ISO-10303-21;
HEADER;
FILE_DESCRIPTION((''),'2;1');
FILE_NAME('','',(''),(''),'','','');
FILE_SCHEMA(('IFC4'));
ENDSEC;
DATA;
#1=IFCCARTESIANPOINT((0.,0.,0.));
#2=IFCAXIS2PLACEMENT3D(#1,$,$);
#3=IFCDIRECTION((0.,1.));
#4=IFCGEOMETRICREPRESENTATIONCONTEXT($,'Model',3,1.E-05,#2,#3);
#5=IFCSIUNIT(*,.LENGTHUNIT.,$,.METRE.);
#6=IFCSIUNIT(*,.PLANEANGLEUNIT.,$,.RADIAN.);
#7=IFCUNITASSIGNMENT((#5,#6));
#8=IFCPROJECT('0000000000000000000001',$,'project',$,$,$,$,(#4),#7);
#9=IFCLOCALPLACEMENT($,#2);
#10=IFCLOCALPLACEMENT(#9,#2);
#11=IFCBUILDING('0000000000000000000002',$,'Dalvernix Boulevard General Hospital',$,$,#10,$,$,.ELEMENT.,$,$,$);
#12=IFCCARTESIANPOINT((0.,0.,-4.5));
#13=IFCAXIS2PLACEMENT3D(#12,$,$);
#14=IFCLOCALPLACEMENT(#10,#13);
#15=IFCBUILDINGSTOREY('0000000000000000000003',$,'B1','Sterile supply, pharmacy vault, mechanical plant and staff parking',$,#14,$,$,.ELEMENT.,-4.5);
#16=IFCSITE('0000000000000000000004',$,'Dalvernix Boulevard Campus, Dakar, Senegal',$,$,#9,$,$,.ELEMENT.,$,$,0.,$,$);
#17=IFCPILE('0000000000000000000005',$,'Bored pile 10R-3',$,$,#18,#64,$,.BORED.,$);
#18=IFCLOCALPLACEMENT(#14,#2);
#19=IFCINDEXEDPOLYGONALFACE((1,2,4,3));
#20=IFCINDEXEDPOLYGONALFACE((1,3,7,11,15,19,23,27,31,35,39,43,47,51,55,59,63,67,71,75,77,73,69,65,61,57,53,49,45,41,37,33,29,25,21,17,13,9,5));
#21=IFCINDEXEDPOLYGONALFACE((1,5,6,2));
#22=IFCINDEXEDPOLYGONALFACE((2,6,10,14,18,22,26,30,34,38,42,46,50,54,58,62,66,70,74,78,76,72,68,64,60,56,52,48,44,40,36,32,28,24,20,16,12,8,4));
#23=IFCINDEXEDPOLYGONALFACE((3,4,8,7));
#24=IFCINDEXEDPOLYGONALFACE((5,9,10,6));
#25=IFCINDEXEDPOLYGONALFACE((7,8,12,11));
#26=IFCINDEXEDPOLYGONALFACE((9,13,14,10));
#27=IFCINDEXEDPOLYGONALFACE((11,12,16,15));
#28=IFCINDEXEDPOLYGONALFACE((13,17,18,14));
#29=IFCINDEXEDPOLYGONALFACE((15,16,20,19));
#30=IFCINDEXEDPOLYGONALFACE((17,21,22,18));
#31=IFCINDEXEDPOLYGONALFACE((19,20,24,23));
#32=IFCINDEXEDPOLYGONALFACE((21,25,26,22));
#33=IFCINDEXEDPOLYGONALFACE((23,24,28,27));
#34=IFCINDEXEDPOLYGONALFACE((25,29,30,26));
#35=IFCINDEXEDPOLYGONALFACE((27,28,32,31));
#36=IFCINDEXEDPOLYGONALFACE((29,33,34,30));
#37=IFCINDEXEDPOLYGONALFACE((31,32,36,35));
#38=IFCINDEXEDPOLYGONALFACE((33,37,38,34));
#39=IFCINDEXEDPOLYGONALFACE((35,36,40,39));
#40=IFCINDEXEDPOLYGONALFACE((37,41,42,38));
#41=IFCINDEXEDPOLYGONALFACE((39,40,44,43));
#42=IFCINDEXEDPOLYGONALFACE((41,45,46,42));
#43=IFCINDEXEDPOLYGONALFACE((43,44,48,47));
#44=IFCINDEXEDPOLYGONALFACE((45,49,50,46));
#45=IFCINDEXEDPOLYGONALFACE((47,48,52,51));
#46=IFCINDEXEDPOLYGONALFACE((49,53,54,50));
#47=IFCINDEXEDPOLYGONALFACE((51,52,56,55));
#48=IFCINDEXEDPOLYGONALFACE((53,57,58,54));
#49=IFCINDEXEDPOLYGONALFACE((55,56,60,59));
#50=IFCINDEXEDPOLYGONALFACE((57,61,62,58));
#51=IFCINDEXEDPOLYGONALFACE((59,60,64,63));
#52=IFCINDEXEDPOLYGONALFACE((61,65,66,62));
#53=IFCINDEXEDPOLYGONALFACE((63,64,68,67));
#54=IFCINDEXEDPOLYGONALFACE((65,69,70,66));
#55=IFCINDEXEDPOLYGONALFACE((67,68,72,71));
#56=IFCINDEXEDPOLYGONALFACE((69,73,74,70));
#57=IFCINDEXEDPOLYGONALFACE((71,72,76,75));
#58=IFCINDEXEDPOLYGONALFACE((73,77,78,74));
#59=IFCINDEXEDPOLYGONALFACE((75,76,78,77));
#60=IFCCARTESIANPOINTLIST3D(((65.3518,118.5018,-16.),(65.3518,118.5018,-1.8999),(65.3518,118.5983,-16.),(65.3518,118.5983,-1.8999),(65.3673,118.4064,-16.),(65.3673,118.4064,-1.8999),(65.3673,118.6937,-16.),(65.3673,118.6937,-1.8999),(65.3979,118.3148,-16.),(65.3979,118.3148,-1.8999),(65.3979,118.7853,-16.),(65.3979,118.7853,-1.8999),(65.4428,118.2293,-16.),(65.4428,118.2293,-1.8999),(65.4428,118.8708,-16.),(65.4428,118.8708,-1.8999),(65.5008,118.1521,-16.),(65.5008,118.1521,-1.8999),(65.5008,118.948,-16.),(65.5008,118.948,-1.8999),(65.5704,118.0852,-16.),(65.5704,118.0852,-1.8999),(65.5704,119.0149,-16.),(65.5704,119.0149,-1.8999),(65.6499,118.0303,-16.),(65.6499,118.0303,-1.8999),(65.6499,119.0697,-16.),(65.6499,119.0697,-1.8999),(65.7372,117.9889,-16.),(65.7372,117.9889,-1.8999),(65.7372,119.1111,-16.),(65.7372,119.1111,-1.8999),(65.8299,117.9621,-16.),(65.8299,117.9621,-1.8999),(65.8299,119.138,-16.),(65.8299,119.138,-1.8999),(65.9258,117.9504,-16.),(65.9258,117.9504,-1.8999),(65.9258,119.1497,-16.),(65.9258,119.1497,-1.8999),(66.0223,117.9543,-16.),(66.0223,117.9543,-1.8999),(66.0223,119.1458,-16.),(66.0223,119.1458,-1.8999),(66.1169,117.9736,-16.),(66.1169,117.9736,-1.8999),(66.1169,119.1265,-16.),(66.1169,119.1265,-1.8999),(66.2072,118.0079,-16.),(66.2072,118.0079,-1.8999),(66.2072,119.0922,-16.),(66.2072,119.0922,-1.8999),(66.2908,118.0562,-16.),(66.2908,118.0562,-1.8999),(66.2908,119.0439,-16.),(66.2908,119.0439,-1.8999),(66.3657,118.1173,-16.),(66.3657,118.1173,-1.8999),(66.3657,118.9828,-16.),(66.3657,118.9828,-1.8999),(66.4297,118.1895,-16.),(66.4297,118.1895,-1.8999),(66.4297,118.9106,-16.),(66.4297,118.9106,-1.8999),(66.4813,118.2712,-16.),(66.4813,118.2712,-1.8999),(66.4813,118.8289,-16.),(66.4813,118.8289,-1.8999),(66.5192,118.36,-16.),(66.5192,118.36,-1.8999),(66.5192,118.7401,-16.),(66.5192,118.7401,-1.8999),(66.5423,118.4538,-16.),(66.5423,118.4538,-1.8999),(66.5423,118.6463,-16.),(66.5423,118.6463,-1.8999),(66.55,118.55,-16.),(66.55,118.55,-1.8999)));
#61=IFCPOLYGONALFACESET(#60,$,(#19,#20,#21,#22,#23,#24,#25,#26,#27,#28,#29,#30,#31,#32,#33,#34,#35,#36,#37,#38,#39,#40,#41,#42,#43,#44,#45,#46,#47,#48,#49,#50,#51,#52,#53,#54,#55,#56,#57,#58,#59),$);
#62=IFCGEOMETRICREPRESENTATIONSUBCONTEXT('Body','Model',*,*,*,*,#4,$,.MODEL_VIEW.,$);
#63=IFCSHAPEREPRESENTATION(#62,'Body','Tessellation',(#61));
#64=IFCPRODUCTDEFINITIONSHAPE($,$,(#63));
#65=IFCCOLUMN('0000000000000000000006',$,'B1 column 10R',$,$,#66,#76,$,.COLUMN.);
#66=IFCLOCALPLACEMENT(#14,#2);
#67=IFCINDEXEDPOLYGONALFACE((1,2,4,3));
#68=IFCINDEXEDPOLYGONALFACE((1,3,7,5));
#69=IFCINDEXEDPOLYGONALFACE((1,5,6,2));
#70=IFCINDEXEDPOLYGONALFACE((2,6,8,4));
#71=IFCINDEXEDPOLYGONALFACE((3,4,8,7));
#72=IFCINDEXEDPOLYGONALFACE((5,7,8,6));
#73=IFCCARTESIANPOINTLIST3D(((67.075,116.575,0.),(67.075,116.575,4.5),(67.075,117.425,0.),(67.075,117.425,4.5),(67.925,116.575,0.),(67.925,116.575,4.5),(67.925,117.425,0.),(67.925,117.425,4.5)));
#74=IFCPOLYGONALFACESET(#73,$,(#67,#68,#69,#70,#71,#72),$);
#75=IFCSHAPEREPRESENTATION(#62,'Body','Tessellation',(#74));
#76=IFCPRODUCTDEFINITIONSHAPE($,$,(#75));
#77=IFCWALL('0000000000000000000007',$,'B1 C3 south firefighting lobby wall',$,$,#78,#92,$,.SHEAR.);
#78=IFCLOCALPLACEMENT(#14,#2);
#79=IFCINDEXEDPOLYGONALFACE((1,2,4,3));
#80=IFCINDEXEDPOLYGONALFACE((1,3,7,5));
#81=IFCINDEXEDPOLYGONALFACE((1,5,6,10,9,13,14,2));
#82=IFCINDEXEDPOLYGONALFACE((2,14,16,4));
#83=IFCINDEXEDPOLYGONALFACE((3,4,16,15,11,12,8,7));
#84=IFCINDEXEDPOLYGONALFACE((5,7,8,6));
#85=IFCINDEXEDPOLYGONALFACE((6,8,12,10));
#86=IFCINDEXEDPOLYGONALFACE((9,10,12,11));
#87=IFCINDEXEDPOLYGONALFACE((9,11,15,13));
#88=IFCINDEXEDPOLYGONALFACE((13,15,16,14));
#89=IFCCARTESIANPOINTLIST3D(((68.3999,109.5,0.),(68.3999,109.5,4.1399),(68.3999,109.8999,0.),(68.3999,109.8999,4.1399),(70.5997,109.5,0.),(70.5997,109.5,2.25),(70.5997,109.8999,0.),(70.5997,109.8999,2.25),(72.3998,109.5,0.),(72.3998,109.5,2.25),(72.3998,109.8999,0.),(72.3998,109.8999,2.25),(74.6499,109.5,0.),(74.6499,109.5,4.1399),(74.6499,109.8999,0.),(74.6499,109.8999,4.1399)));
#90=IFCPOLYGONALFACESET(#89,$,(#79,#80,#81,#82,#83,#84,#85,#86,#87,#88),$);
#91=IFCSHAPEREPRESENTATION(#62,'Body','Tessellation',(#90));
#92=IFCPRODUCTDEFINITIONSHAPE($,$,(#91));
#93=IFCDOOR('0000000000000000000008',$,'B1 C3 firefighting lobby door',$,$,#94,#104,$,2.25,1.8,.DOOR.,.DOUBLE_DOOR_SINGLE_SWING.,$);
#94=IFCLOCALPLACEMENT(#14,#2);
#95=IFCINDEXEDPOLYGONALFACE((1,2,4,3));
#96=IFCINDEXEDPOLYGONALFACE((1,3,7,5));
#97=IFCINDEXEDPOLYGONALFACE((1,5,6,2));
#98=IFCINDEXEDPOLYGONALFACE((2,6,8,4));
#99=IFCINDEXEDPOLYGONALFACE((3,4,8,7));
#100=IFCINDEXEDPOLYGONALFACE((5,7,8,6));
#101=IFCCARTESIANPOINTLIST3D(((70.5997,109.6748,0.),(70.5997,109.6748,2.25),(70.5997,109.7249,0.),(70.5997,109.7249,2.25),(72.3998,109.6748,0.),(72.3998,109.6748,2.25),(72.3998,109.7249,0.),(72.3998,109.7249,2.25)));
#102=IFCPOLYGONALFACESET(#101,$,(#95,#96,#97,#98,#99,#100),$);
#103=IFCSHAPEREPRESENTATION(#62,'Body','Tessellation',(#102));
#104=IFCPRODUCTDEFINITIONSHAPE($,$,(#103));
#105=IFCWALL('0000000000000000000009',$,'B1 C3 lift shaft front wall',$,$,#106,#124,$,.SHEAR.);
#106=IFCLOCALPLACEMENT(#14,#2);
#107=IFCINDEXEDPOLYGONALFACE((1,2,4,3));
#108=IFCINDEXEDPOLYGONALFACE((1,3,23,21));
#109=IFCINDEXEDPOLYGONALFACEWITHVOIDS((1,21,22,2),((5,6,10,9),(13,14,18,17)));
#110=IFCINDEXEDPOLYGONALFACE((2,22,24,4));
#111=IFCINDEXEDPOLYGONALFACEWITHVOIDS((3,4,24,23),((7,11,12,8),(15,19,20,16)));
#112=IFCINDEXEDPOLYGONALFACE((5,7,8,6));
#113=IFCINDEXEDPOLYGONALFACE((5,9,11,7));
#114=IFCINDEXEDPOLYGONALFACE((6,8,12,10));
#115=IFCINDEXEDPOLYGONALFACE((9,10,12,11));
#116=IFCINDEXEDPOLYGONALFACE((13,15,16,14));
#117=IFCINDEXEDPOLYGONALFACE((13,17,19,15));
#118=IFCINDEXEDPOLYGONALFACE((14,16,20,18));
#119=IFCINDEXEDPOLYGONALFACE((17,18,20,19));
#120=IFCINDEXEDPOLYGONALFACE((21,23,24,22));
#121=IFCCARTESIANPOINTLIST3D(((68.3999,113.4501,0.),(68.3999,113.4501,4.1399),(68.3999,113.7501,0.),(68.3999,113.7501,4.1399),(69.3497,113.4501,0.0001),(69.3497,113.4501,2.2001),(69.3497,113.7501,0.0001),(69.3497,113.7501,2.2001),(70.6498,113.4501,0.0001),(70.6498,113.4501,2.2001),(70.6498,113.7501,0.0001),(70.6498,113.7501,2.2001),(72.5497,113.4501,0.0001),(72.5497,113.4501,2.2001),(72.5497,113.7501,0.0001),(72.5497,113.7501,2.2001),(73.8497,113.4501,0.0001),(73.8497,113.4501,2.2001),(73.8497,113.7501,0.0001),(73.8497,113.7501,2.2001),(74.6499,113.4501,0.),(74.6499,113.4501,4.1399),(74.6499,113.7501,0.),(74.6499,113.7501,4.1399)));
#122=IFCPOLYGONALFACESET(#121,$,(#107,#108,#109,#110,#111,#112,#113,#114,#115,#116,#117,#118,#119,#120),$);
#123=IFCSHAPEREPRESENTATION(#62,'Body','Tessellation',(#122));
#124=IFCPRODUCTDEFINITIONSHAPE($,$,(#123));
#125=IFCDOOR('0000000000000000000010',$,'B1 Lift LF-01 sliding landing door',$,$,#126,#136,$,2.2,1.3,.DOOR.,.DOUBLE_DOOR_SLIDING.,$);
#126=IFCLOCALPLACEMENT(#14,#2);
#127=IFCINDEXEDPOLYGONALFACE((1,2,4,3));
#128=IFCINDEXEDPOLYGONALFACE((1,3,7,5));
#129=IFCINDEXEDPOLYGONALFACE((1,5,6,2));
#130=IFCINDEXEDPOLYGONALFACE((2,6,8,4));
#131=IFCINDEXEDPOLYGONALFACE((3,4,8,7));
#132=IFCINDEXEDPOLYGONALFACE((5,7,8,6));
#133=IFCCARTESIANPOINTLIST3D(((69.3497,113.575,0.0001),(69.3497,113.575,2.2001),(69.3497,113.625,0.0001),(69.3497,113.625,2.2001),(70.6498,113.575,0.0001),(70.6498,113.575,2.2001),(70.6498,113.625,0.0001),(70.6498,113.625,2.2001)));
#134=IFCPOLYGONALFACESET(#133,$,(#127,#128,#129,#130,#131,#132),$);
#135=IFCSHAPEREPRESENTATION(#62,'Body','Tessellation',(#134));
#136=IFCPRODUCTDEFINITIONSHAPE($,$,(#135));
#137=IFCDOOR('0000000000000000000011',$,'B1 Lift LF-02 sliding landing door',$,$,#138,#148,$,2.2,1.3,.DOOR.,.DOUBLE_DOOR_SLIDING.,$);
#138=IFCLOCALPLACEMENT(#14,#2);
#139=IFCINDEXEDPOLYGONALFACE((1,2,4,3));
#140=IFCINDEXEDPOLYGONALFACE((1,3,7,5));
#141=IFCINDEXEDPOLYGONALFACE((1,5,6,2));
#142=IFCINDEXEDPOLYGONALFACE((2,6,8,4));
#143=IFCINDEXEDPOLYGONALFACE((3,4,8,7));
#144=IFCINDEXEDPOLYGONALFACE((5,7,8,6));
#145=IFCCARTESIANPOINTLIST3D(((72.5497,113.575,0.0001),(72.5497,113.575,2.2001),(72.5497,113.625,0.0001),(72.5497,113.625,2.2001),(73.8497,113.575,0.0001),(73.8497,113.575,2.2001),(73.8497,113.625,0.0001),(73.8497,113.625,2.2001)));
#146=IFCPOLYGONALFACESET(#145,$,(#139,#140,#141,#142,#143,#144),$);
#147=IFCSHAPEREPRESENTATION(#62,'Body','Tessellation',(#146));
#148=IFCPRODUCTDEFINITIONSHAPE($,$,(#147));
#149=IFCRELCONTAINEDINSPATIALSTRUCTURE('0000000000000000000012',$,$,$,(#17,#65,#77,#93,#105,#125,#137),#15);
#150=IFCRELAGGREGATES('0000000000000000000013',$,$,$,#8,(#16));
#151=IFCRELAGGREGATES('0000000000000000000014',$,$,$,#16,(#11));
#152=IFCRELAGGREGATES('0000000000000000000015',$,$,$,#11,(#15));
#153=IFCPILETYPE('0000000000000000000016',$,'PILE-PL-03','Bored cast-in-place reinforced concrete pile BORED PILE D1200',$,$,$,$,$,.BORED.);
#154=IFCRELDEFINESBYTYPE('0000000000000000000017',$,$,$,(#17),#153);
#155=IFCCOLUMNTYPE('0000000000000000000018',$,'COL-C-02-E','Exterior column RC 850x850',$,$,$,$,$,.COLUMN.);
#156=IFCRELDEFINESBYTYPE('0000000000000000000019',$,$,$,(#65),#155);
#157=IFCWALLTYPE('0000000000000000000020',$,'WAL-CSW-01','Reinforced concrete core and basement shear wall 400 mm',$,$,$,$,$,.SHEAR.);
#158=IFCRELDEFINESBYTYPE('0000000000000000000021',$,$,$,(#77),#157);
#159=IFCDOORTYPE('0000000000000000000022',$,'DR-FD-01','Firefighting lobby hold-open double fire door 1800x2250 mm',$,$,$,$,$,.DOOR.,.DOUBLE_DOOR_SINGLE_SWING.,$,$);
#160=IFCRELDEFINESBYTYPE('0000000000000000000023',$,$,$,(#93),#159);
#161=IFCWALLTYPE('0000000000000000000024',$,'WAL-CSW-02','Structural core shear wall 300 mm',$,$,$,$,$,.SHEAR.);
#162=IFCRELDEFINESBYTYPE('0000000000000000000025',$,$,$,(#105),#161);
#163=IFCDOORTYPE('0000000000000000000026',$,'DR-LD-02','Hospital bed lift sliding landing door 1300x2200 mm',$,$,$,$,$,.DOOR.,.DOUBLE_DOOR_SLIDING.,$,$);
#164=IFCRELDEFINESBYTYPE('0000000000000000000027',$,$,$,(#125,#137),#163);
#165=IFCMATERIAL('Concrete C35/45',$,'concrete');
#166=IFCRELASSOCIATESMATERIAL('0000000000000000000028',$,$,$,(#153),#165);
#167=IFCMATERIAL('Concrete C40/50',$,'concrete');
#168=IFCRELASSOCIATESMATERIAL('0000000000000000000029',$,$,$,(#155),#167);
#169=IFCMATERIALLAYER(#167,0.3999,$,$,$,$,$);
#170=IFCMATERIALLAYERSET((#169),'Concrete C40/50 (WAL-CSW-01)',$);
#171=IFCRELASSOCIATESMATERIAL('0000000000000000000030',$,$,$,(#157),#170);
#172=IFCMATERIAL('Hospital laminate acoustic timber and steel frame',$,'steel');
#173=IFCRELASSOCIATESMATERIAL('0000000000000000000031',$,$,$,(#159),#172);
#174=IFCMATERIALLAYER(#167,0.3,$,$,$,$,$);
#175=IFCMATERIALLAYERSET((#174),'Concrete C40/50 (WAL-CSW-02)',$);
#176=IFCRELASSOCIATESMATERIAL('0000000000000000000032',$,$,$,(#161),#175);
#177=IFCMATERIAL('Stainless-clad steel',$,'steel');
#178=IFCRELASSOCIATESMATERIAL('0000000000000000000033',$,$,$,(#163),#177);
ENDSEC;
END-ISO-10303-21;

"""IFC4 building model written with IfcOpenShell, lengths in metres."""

from ifc_helpers import new_model, si_unit, direction, frame, frame_2d, origin, origin_2d, place, context, subcontext, project, spatial, rectangle, circle, extrude, material, layer, layer_set, material_profile, profile_set, type_object, element, fill, save


model = new_model("IFC4")

# Units and contexts
model_context = context("Model", 3, precision=1e-05, world=origin(), true_north=direction((0.0, 1.0)))
body_context = subcontext(model_context, "Body", "Model", "MODEL_VIEW")
ifc_project = project(units=[si_unit("LENGTHUNIT", "METRE"), si_unit("PLANEANGLEUNIT", "RADIAN")], contexts=[model_context])

# Site, building, storey
site_placement = place(None, origin())
site = spatial("IfcSite", under=ifc_project, at=site_placement, Name="Dalvernix Boulevard Campus, Dakar, Senegal", CompositionType="ELEMENT", RefElevation=0.0)
building_placement = place(site_placement, origin())
building = spatial("IfcBuilding", under=site, at=building_placement, Name="Dalvernix Boulevard General Hospital", CompositionType="ELEMENT")
storey_placement = place(building_placement, frame((0.0, 0.0, -4.5)))
storey = spatial("IfcBuildingStorey", under=building, at=storey_placement, Name="B1", Description="Sterile supply, pharmacy vault, mechanical plant and staff parking", CompositionType="ELEMENT", Elevation=-4.5)

# Shared definitions
ifc_material_1 = material(Name="Concrete C35/45", Category="concrete")
ifc_material_2 = material(Name="Concrete C40/50", Category="concrete")

# Pile
ifc_material_profile_1 = material_profile(ifc_material_1, circle(Radius=0.6001, at=origin_2d()), Name="BORED PILE D1200")
ifc_profile_set_1 = profile_set([ifc_material_profile_1], Name="Concrete C35/45")
pile_type = type_object("IfcPileType", Name="PILE-PL-03", Description="Bored cast-in-place reinforced concrete pile BORED PILE D1200", PredefinedType="BORED", material=ifc_profile_set_1)
for number, where, z_axis, x_axis, name in (
    (1, (65.95, 118.55, -1.8999), (0.0, 0.0, -1.0), (1.0, 0.0, 0.0), "Bored pile 10R-3"),
):
    element("IfcPile", number, at=place(storey_placement, frame(where, z_axis=z_axis, x_axis=x_axis)), inside=storey, type_object=pile_type, Name=name, PredefinedType="BORED", context=body_context, shape_type="SweptSolid", body=[
        extrude(circle(Radius=0.6001, at=origin_2d()), origin(), (0.0, 0.0, 1.0), 14.1001),
    ])

# Column
ifc_material_profile_2 = material_profile(ifc_material_2, rectangle(XDim=0.8501, YDim=0.8501, at=origin_2d()), Name="RC 850x850")
ifc_profile_set_2 = profile_set([ifc_material_profile_2], Name="Concrete C40/50")
column_type = type_object("IfcColumnType", Name="COL-C-02-E", Description="Exterior column RC 850x850", PredefinedType="COLUMN", material=ifc_profile_set_2)
column_placement = place(storey_placement, frame((67.5, 117.0, 0.0), z_axis=(0.0, 0.0, 1.0), x_axis=(1.0, 0.0, 0.0)))
element("IfcColumn", 2, at=column_placement, inside=storey, type_object=column_type, Name="B1 column 10R", PredefinedType="COLUMN", context=body_context, shape_type="SweptSolid", body=[
    extrude(rectangle(XDim=0.8501, YDim=0.8501, at=origin_2d()), origin(), (0.0, 0.0, 1.0), 4.5),
])

# Wall, opening, door
ifc_layer_1 = layer(ifc_material_2, 0.3999)
ifc_layer_set_1 = layer_set([ifc_layer_1], Name="Concrete C40/50 (WAL-CSW-01)")
wall_type_1 = type_object("IfcWallType", Name="WAL-CSW-01", Description="Reinforced concrete core and basement shear wall 400 mm", PredefinedType="SHEAR", material=ifc_layer_set_1)
wall_1_placement = place(storey_placement, frame((68.3999, 109.7, 0.0), z_axis=(0.0, 0.0, 1.0), x_axis=(1.0, 0.0, 0.0)))
wall_1 = element("IfcWall", 3, at=wall_1_placement, inside=storey, type_object=wall_type_1, Name="B1 C3 south firefighting lobby wall", PredefinedType="SHEAR", context=body_context, shape_type="SweptSolid", body=[
    extrude(rectangle(XDim=6.25, YDim=0.3999, at=frame_2d((3.125, 0.0))), origin(), (0.0, 0.0, 1.0), 4.1399),
])
opening_1_placement = place(wall_1_placement, frame((2.2, 0.0, 0.0)))
opening_1 = element("IfcOpeningElement", 4, at=opening_1_placement, cuts=wall_1, PredefinedType="OPENING", context=body_context, shape_type="SweptSolid", body=[
    extrude(rectangle(XDim=1.8, YDim=2.25, at=frame_2d((0.8999, 1.125))), frame((0.0, 0.21, 0.0), z_axis=(0.0, -1.0, 0.0), x_axis=(1.0, 0.0, 0.0)), (0.0, 0.0, 1.0), 0.4199),
])
ifc_material_3 = material(Name="Hospital laminate acoustic timber and steel frame", Category="steel")
door_type_1 = type_object("IfcDoorType", Name="DR-FD-01", Description="Firefighting lobby hold-open double fire door 1800x2250 mm", OperationType="DOUBLE_DOOR_SINGLE_SWING", PredefinedType="DOOR", material=ifc_material_3)
door_1_placement = place(opening_1_placement, origin())
door_1 = element("IfcDoor", 5, at=door_1_placement, inside=storey, type_object=door_type_1, Name="B1 C3 firefighting lobby door", OperationType="DOUBLE_DOOR_SINGLE_SWING", OverallHeight=2.25, OverallWidth=1.8, PredefinedType="DOOR", context=body_context, shape_type="SweptSolid", body=[
    extrude(rectangle(XDim=1.8, YDim=2.25, at=frame_2d((0.8999, 1.125))), frame((0.0, 0.0249, 0.0), z_axis=(0.0, -1.0, 0.0), x_axis=(1.0, 0.0, 0.0)), (0.0, 0.0, 1.0), 0.05),
])
fill(opening_1, door_1)

# Wall, openings, doors
ifc_layer_2 = layer(ifc_material_2, 0.3)
ifc_layer_set_2 = layer_set([ifc_layer_2], Name="Concrete C40/50 (WAL-CSW-02)")
wall_type_2 = type_object("IfcWallType", Name="WAL-CSW-02", Description="Structural core shear wall 300 mm", PredefinedType="SHEAR", material=ifc_layer_set_2)
wall_2_placement = place(storey_placement, frame((68.3999, 113.6001, 0.0), z_axis=(0.0, 0.0, 1.0), x_axis=(1.0, 0.0, 0.0)))
wall_2 = element("IfcWall", 6, at=wall_2_placement, inside=storey, type_object=wall_type_2, Name="B1 C3 lift shaft front wall", PredefinedType="SHEAR", context=body_context, shape_type="SweptSolid", body=[
    extrude(rectangle(XDim=6.25, YDim=0.3, at=frame_2d((3.125, 0.0))), origin(), (0.0, 0.0, 1.0), 4.1399),
])
opening_2_placement = place(wall_2_placement, frame((0.95, 0.0, 0.0)))
opening_2 = element("IfcOpeningElement", 7, at=opening_2_placement, cuts=wall_2, PredefinedType="OPENING", context=body_context, shape_type="SweptSolid", body=[
    extrude(rectangle(XDim=1.3, YDim=2.2, at=frame_2d((0.6499, 1.1001))), frame((0.0, 0.1599, 0.0), z_axis=(0.0, -1.0, 0.0), x_axis=(1.0, 0.0, 0.0)), (0.0, 0.0, 1.0), 0.3201),
])
opening_3_placement = place(wall_2_placement, frame((4.1499, 0.0, 0.0)))
opening_3 = element("IfcOpeningElement", 8, at=opening_3_placement, cuts=wall_2, PredefinedType="OPENING", context=body_context, shape_type="SweptSolid", body=[
    extrude(rectangle(XDim=1.3, YDim=2.2, at=frame_2d((0.6499, 1.1001))), frame((0.0, 0.1599, 0.0), z_axis=(0.0, -1.0, 0.0), x_axis=(1.0, 0.0, 0.0)), (0.0, 0.0, 1.0), 0.3201),
])
ifc_material_4 = material(Name="Stainless-clad steel", Category="steel")
door_type_2 = type_object("IfcDoorType", Name="DR-LD-02", Description="Hospital bed lift sliding landing door 1300x2200 mm", OperationType="DOUBLE_DOOR_SLIDING", PredefinedType="DOOR", material=ifc_material_4)
door_2_placement = place(opening_2_placement, origin())
door_2 = element("IfcDoor", 9, at=door_2_placement, inside=storey, type_object=door_type_2, Name="B1 Lift LF-01 sliding landing door", OperationType="DOUBLE_DOOR_SLIDING", OverallHeight=2.2, OverallWidth=1.3, PredefinedType="DOOR", context=body_context, shape_type="SweptSolid", body=[
    extrude(rectangle(XDim=1.3, YDim=2.2, at=frame_2d((0.6499, 1.1001))), frame((0.0, 0.0249, 0.0), z_axis=(0.0, -1.0, 0.0), x_axis=(1.0, 0.0, 0.0)), (0.0, 0.0, 1.0), 0.05),
])
fill(opening_2, door_2)
door_3_placement = place(opening_3_placement, origin())
door_3 = element("IfcDoor", 10, at=door_3_placement, inside=storey, type_object=door_type_2, Name="B1 Lift LF-02 sliding landing door", OperationType="DOUBLE_DOOR_SLIDING", OverallHeight=2.2, OverallWidth=1.3, PredefinedType="DOOR", context=body_context, shape_type="SweptSolid", body=[
    extrude(rectangle(XDim=1.3, YDim=2.2, at=frame_2d((0.6499, 1.1001))), frame((0.0, 0.0249, 0.0), z_axis=(0.0, -1.0, 0.0), x_axis=(1.0, 0.0, 0.0)), (0.0, 0.0, 1.0), 0.05),
])
fill(opening_3, door_3)

save(model, "model.ifc")
